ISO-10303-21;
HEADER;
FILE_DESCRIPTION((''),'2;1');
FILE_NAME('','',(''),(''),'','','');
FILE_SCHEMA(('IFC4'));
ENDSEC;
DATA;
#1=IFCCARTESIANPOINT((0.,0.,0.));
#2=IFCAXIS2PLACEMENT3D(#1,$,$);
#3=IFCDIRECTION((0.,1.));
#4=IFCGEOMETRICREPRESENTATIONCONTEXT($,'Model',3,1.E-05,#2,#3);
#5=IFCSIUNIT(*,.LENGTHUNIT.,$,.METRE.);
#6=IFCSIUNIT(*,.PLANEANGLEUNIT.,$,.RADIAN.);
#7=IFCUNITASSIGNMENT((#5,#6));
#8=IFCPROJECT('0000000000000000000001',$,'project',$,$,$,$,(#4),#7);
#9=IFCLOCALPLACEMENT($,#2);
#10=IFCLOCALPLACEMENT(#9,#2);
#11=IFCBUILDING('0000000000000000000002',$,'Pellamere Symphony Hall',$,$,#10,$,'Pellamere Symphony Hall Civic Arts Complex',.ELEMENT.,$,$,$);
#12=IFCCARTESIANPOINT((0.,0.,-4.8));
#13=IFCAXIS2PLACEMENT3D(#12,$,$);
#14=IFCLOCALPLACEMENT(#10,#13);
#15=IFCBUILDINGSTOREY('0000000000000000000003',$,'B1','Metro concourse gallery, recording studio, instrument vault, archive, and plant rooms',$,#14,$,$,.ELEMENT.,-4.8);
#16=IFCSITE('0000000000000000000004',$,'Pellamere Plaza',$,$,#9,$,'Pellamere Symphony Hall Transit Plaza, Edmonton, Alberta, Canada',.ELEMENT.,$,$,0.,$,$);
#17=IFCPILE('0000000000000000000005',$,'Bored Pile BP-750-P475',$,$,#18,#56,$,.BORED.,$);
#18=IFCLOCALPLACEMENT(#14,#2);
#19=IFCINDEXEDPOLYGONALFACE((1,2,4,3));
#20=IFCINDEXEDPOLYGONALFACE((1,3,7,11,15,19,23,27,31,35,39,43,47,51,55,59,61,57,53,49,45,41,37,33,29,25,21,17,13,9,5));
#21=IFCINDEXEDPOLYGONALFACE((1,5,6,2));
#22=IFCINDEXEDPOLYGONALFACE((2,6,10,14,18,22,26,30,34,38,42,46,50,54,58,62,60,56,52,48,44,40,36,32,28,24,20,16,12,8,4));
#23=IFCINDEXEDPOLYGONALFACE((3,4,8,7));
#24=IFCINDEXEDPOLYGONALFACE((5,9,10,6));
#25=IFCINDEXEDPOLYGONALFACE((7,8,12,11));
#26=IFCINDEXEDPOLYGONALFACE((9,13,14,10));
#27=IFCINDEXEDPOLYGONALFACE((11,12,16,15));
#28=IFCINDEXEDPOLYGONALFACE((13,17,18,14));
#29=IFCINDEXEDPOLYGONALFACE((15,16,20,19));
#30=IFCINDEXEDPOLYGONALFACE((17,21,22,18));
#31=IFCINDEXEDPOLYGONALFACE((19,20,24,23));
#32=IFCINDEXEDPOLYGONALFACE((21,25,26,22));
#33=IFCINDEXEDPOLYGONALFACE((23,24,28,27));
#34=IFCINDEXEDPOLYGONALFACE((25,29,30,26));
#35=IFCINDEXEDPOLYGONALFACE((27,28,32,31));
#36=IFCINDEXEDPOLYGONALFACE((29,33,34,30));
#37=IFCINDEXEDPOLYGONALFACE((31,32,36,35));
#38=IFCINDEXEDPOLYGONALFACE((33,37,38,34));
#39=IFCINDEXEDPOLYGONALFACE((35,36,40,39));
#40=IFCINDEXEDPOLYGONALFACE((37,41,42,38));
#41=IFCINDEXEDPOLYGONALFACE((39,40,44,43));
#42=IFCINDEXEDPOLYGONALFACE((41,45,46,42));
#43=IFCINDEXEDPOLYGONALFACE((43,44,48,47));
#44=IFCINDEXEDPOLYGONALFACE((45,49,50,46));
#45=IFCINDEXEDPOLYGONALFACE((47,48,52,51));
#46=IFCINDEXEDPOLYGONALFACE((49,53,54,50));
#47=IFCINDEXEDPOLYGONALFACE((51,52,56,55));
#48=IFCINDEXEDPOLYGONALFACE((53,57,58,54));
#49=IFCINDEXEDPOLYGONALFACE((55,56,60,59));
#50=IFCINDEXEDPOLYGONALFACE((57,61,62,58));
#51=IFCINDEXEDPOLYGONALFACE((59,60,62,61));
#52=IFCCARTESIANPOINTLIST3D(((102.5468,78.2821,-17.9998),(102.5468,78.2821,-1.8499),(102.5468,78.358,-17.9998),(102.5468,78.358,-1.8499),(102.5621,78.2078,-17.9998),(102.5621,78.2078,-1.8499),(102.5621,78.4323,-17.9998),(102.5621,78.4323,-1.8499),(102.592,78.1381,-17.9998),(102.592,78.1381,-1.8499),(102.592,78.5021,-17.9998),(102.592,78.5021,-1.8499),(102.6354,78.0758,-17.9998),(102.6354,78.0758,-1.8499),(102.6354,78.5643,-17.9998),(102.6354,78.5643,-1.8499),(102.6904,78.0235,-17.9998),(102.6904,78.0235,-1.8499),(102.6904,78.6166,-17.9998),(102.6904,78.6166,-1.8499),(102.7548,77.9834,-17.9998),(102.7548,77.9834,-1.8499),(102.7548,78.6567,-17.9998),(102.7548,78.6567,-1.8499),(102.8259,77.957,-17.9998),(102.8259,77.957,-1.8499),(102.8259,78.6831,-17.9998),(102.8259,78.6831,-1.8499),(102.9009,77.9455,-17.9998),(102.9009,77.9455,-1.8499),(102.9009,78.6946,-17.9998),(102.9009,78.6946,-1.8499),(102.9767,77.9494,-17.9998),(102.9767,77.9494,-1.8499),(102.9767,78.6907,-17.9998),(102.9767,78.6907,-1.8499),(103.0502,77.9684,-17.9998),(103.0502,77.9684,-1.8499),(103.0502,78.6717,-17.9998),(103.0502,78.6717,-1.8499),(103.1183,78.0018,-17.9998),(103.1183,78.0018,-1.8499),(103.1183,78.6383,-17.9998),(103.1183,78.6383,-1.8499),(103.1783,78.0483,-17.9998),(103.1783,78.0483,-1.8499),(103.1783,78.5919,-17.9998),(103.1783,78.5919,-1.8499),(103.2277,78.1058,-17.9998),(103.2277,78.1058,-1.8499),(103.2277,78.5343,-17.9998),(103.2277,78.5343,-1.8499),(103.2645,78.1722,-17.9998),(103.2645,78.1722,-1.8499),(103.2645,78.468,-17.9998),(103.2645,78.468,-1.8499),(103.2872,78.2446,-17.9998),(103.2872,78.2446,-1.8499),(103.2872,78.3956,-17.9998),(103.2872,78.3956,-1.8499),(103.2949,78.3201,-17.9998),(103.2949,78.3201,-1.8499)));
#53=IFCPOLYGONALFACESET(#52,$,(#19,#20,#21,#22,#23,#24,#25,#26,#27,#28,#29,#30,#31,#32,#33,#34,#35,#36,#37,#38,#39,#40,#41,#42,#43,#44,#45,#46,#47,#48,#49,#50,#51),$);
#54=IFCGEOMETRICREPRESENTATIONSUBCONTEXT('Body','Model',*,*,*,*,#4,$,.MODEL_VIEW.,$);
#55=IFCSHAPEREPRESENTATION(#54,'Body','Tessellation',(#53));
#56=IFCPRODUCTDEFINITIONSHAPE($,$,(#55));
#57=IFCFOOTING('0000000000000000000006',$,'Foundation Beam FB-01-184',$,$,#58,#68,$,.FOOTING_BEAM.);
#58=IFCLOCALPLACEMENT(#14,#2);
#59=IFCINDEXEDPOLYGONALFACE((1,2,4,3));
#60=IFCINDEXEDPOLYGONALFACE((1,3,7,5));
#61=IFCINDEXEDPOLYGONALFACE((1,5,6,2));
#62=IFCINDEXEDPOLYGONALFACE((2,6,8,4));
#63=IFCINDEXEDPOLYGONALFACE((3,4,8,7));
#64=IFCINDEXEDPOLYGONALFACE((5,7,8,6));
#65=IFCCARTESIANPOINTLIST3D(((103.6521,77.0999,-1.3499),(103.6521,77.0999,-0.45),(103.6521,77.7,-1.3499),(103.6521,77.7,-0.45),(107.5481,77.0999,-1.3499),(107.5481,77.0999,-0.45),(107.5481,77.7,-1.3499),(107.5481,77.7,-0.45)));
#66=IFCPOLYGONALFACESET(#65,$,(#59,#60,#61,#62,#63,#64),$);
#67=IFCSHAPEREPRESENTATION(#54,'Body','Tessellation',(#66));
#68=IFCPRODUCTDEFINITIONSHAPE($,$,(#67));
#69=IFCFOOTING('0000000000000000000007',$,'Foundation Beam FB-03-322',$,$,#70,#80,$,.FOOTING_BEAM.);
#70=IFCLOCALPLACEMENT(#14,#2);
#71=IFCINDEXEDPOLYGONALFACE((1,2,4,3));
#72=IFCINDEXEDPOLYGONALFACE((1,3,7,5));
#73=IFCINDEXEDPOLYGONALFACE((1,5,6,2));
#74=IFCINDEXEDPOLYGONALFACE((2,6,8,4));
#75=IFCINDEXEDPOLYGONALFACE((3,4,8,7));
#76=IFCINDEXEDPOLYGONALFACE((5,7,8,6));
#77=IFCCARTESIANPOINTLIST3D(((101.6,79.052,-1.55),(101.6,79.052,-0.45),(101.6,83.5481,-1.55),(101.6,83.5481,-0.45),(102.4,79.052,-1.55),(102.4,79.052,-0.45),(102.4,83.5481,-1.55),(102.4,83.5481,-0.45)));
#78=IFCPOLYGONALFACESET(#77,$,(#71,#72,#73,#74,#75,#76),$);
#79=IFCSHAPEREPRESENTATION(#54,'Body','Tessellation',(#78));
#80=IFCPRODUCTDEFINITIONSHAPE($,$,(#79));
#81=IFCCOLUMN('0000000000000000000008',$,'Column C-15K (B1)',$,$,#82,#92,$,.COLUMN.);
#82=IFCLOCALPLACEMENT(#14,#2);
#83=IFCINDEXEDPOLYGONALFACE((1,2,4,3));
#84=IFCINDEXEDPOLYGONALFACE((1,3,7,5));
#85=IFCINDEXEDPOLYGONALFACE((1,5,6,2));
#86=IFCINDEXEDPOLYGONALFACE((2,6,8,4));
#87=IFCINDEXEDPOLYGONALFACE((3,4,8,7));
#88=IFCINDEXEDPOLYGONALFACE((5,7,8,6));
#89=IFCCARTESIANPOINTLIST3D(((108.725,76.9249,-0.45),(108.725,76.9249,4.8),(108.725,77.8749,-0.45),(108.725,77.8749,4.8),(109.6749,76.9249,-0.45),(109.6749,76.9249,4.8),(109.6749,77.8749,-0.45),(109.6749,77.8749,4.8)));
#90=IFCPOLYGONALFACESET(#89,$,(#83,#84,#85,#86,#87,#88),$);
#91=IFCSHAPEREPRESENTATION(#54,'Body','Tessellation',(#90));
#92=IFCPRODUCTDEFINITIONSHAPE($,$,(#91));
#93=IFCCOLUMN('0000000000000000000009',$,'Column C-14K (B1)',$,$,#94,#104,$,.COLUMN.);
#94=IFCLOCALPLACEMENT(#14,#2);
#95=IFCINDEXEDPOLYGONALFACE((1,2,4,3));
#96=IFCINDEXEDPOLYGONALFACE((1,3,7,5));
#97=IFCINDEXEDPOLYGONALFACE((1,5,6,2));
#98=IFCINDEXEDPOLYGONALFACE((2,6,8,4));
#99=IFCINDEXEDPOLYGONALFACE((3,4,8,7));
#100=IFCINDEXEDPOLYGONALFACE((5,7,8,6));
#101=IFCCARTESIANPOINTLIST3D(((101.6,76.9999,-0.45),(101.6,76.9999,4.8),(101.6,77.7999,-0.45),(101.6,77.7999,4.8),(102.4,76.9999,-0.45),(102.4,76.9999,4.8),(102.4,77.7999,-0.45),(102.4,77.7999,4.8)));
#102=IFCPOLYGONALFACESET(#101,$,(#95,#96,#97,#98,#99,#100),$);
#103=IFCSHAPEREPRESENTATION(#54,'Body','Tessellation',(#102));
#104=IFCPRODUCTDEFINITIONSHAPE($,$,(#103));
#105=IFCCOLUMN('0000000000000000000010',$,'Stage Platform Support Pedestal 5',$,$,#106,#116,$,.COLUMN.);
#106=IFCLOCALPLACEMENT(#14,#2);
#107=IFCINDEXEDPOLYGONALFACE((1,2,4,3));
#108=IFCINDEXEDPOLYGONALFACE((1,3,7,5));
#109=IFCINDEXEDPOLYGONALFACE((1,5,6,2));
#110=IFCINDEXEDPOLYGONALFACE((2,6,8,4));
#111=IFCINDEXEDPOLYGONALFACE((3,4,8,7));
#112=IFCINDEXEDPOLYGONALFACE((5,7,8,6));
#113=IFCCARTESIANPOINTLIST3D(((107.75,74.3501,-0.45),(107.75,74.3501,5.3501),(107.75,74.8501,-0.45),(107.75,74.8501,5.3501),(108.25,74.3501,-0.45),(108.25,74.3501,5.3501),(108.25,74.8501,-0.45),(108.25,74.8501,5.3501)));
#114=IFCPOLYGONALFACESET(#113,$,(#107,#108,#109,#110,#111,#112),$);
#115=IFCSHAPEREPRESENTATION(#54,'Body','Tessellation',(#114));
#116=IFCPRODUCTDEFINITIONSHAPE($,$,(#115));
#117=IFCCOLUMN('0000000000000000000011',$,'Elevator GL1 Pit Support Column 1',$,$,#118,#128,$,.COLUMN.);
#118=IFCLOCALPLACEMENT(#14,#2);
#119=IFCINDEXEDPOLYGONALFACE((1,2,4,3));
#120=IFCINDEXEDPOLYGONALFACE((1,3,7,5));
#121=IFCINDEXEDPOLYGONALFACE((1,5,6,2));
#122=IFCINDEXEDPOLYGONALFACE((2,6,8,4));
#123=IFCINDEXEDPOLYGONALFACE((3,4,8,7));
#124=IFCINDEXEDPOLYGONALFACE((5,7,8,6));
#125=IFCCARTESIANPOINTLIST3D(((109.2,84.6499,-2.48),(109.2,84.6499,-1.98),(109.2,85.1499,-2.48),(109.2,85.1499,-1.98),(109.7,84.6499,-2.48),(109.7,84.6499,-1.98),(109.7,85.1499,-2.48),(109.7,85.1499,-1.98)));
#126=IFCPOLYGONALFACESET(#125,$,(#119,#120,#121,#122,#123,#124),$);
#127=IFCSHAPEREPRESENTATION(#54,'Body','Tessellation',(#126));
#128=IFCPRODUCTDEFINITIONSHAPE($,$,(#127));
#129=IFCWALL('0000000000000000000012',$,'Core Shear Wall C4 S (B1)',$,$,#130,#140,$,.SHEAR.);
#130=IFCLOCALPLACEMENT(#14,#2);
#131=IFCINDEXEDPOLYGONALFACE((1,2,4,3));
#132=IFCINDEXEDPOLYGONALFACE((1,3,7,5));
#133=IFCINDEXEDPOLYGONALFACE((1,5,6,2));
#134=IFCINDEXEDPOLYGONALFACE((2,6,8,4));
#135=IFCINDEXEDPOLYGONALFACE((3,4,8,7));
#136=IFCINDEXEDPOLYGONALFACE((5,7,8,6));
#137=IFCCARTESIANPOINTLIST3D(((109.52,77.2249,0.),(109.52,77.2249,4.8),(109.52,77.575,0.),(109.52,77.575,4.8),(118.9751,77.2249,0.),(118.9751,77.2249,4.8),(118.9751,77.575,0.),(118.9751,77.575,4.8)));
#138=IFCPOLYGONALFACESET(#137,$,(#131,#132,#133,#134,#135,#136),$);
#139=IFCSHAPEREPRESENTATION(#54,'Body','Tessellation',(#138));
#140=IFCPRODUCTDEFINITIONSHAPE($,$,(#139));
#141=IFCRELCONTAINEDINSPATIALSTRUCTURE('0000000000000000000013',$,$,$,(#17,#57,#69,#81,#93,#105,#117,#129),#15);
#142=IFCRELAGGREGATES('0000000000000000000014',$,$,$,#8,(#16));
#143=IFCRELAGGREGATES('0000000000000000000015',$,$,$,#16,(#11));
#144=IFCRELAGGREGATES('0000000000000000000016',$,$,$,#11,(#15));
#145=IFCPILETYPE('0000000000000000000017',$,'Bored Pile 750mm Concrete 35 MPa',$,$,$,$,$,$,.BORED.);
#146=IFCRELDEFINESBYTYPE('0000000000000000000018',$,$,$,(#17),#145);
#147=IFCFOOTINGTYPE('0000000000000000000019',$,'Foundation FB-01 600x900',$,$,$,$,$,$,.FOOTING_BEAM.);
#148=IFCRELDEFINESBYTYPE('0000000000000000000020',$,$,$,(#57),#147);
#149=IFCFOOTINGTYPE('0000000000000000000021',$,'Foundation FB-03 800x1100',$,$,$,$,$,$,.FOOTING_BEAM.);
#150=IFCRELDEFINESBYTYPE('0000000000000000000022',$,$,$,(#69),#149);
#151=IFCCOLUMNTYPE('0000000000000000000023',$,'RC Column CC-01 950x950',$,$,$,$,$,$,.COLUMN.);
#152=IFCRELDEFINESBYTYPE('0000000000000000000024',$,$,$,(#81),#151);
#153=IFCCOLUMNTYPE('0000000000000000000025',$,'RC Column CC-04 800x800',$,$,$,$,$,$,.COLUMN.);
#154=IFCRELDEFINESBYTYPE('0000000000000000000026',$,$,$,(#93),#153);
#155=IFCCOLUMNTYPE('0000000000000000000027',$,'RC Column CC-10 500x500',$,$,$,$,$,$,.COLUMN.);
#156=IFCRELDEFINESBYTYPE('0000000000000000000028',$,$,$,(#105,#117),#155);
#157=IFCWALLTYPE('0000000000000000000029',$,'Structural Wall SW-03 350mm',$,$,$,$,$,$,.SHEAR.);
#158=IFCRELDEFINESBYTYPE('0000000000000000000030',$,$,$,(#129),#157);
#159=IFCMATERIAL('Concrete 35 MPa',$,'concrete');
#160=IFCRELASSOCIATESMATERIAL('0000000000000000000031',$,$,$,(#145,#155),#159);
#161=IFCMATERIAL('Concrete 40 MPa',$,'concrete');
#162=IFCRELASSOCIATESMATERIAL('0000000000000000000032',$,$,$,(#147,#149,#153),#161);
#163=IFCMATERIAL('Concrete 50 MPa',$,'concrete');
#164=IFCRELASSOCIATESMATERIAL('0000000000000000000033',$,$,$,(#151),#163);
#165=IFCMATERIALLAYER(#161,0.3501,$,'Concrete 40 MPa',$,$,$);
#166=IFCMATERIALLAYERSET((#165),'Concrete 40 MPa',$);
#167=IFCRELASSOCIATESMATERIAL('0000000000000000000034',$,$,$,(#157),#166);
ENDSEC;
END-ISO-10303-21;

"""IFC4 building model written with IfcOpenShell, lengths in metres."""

from ifc_helpers import new_model, si_unit, direction, frame, frame_2d, origin, origin_2d, place, context, subcontext, project, spatial, rectangle, circle, extrude, material, layer, layer_set, material_profile, profile_set, type_object, element, save


model = new_model("IFC4")

# Units and contexts
model_context = context("Model", 3, precision=1e-05, world=origin(), true_north=direction((0.0, 1.0)))
body_context = subcontext(model_context, "Body", "Model", "MODEL_VIEW")
ifc_project = project(units=[si_unit("LENGTHUNIT", "METRE"), si_unit("PLANEANGLEUNIT", "RADIAN")], contexts=[model_context])

# Site, building, storey
site_placement = place(None, origin())
site = spatial("IfcSite", under=ifc_project, at=site_placement, Name="Pellamere Plaza", LongName="Pellamere Symphony Hall Transit Plaza, Edmonton, Alberta, Canada", CompositionType="ELEMENT", RefElevation=0.0)
building_placement = place(site_placement, origin())
building = spatial("IfcBuilding", under=site, at=building_placement, Name="Pellamere Symphony Hall", LongName="Pellamere Symphony Hall Civic Arts Complex", CompositionType="ELEMENT")
storey_placement = place(building_placement, frame((0.0, 0.0, -4.8)))
storey = spatial("IfcBuildingStorey", under=building, at=storey_placement, Name="B1", Description="Metro concourse gallery, recording studio, instrument vault, archive, and plant rooms", CompositionType="ELEMENT", Elevation=-4.8)

# Pile
ifc_material_1 = material(Name="Concrete 40 MPa", Category="concrete")
ifc_material_2 = material(Name="Concrete 35 MPa", Category="concrete")
ifc_material_profile_1 = material_profile(ifc_material_2, circle(Radius=0.375, at=origin_2d()), Name="PILE D750")
ifc_profile_set_1 = profile_set([ifc_material_profile_1], Name="Concrete 35 MPa")
pile_type_1 = type_object("IfcPileType", Name="Bored Pile 750mm Concrete 35 MPa", PredefinedType="BORED", material=ifc_profile_set_1)
pile_placement = place(storey_placement, frame((102.9199, 78.3201, -1.8499), z_axis=(0.0, 0.0, -1.0), x_axis=(1.0, 0.0, 0.0)))
element("IfcPile", 1, at=pile_placement, inside=storey, type_object=pile_type_1, Name="Bored Pile BP-750-P475", PredefinedType="BORED", context=body_context, shape_type="SweptSolid", body=[
    extrude(circle(Radius=0.375, at=origin_2d()), origin(), (0.0, 0.0, 1.0), 16.1499),
])

# Footings
ifc_material_profile_2 = material_profile(ifc_material_1, rectangle(XDim=0.6001, YDim=0.8999, at=origin_2d()), Name="RC 600x900")
ifc_profile_set_2 = profile_set([ifc_material_profile_2], Name="Concrete 40 MPa")
footing_type_1 = type_object("IfcFootingType", Name="Foundation FB-01 600x900", PredefinedType="FOOTING_BEAM", material=ifc_profile_set_2)
footing_1_placement = place(storey_placement, frame((103.6521, 77.3999, -0.8999), z_axis=(1.0, 0.0, 0.0), x_axis=(0.0, 1.0, 0.0)))
element("IfcFooting", 2, at=footing_1_placement, inside=storey, type_object=footing_type_1, Name="Foundation Beam FB-01-184", PredefinedType="FOOTING_BEAM", context=body_context, shape_type="SweptSolid", body=[
    extrude(rectangle(XDim=0.6001, YDim=0.8999, at=origin_2d()), origin(), (0.0, 0.0, 1.0), 3.896),
])
ifc_material_profile_3 = material_profile(ifc_material_1, rectangle(XDim=0.8, YDim=1.1001, at=origin_2d()), Name="RC 800x1100")
ifc_profile_set_3 = profile_set([ifc_material_profile_3], Name="Concrete 40 MPa")
footing_type_2 = type_object("IfcFootingType", Name="Foundation FB-03 800x1100", PredefinedType="FOOTING_BEAM", material=ifc_profile_set_3)
footing_2_placement = place(storey_placement, frame((102.0, 79.052, -1.0), z_axis=(0.0, 1.0, 0.0), x_axis=(-1.0, 0.0, 0.0)))
element("IfcFooting", 3, at=footing_2_placement, inside=storey, type_object=footing_type_2, Name="Foundation Beam FB-03-322", PredefinedType="FOOTING_BEAM", context=body_context, shape_type="SweptSolid", body=[
    extrude(rectangle(XDim=0.8, YDim=1.1001, at=origin_2d()), origin(), (0.0, 0.0, 1.0), 4.4961),
])

# Columns
ifc_material_3 = material(Name="Concrete 50 MPa", Category="concrete")
ifc_material_profile_4 = material_profile(ifc_material_3, rectangle(XDim=0.95, YDim=0.95, at=origin_2d()), Name="RC 950x950")
ifc_profile_set_4 = profile_set([ifc_material_profile_4], Name="Concrete 50 MPa")
column_type_1 = type_object("IfcColumnType", Name="RC Column CC-01 950x950", PredefinedType="COLUMN", material=ifc_profile_set_4)
column_1_placement = place(storey_placement, frame((109.2, 77.3999, -0.45), z_axis=(0.0, 0.0, 1.0), x_axis=(1.0, 0.0, 0.0)))
element("IfcColumn", 4, at=column_1_placement, inside=storey, type_object=column_type_1, Name="Column C-15K (B1)", PredefinedType="COLUMN", context=body_context, shape_type="SweptSolid", body=[
    extrude(rectangle(XDim=0.95, YDim=0.95, at=origin_2d()), origin(), (0.0, 0.0, 1.0), 5.25),
])
ifc_material_profile_5 = material_profile(ifc_material_1, rectangle(XDim=0.8, YDim=0.8, at=origin_2d()), Name="RC 800x800")
ifc_profile_set_5 = profile_set([ifc_material_profile_5], Name="Concrete 40 MPa")
column_type_2 = type_object("IfcColumnType", Name="RC Column CC-04 800x800", PredefinedType="COLUMN", material=ifc_profile_set_5)
column_2_placement = place(storey_placement, frame((102.0, 77.3999, -0.45), z_axis=(0.0, 0.0, 1.0), x_axis=(1.0, 0.0, 0.0)))
element("IfcColumn", 5, at=column_2_placement, inside=storey, type_object=column_type_2, Name="Column C-14K (B1)", PredefinedType="COLUMN", context=body_context, shape_type="SweptSolid", body=[
    extrude(rectangle(XDim=0.8, YDim=0.8, at=origin_2d()), origin(), (0.0, 0.0, 1.0), 5.25),
])
ifc_material_profile_6 = material_profile(ifc_material_2, rectangle(XDim=0.5, YDim=0.5, at=origin_2d()), Name="RC 500x500")
ifc_profile_set_6 = profile_set([ifc_material_profile_6], Name="Concrete 35 MPa")
column_type_3 = type_object("IfcColumnType", Name="RC Column CC-10 500x500", PredefinedType="COLUMN", material=ifc_profile_set_6)
column_3_placement = place(storey_placement, frame((108.0, 74.6001, -0.45), z_axis=(0.0, 0.0, 1.0), x_axis=(1.0, 0.0, 0.0)))
element("IfcColumn", 6, at=column_3_placement, inside=storey, type_object=column_type_3, Name="Stage Platform Support Pedestal 5", PredefinedType="COLUMN", context=body_context, shape_type="SweptSolid", body=[
    extrude(rectangle(XDim=0.5, YDim=0.5, at=origin_2d()), origin(), (0.0, 0.0, 1.0), 5.8),
])
column_4_placement = place(storey_placement, frame((109.45, 84.8999, -2.48), z_axis=(0.0, 0.0, 1.0), x_axis=(1.0, 0.0, 0.0)))
element("IfcColumn", 7, at=column_4_placement, inside=storey, type_object=column_type_3, Name="Elevator GL1 Pit Support Column 1", PredefinedType="COLUMN", context=body_context, shape_type="SweptSolid", body=[
    extrude(rectangle(XDim=0.5, YDim=0.5, at=origin_2d()), origin(), (0.0, 0.0, 1.0), 0.5),
])

# Wall
ifc_layer_1 = layer(ifc_material_1, 0.3501, Name="Concrete 40 MPa")
ifc_layer_set_1 = layer_set([ifc_layer_1], Name="Concrete 40 MPa")
wall_type_1 = type_object("IfcWallType", Name="Structural Wall SW-03 350mm", PredefinedType="SHEAR", material=ifc_layer_set_1)
wall_1_placement = place(storey_placement, frame((109.52, 77.3999, 0.0), z_axis=(0.0, 0.0, 1.0), x_axis=(1.0, 0.0, 0.0)))
element("IfcWall", 8, at=wall_1_placement, inside=storey, type_object=wall_type_1, Name="Core Shear Wall C4 S (B1)", PredefinedType="SHEAR", context=body_context, shape_type="SweptSolid", body=[
    extrude(rectangle(XDim=9.4551, YDim=0.3501, at=frame_2d((4.7275, 0.0))), origin(), (0.0, 0.0, 1.0), 4.8),
])

save(model, "model.ifc")
